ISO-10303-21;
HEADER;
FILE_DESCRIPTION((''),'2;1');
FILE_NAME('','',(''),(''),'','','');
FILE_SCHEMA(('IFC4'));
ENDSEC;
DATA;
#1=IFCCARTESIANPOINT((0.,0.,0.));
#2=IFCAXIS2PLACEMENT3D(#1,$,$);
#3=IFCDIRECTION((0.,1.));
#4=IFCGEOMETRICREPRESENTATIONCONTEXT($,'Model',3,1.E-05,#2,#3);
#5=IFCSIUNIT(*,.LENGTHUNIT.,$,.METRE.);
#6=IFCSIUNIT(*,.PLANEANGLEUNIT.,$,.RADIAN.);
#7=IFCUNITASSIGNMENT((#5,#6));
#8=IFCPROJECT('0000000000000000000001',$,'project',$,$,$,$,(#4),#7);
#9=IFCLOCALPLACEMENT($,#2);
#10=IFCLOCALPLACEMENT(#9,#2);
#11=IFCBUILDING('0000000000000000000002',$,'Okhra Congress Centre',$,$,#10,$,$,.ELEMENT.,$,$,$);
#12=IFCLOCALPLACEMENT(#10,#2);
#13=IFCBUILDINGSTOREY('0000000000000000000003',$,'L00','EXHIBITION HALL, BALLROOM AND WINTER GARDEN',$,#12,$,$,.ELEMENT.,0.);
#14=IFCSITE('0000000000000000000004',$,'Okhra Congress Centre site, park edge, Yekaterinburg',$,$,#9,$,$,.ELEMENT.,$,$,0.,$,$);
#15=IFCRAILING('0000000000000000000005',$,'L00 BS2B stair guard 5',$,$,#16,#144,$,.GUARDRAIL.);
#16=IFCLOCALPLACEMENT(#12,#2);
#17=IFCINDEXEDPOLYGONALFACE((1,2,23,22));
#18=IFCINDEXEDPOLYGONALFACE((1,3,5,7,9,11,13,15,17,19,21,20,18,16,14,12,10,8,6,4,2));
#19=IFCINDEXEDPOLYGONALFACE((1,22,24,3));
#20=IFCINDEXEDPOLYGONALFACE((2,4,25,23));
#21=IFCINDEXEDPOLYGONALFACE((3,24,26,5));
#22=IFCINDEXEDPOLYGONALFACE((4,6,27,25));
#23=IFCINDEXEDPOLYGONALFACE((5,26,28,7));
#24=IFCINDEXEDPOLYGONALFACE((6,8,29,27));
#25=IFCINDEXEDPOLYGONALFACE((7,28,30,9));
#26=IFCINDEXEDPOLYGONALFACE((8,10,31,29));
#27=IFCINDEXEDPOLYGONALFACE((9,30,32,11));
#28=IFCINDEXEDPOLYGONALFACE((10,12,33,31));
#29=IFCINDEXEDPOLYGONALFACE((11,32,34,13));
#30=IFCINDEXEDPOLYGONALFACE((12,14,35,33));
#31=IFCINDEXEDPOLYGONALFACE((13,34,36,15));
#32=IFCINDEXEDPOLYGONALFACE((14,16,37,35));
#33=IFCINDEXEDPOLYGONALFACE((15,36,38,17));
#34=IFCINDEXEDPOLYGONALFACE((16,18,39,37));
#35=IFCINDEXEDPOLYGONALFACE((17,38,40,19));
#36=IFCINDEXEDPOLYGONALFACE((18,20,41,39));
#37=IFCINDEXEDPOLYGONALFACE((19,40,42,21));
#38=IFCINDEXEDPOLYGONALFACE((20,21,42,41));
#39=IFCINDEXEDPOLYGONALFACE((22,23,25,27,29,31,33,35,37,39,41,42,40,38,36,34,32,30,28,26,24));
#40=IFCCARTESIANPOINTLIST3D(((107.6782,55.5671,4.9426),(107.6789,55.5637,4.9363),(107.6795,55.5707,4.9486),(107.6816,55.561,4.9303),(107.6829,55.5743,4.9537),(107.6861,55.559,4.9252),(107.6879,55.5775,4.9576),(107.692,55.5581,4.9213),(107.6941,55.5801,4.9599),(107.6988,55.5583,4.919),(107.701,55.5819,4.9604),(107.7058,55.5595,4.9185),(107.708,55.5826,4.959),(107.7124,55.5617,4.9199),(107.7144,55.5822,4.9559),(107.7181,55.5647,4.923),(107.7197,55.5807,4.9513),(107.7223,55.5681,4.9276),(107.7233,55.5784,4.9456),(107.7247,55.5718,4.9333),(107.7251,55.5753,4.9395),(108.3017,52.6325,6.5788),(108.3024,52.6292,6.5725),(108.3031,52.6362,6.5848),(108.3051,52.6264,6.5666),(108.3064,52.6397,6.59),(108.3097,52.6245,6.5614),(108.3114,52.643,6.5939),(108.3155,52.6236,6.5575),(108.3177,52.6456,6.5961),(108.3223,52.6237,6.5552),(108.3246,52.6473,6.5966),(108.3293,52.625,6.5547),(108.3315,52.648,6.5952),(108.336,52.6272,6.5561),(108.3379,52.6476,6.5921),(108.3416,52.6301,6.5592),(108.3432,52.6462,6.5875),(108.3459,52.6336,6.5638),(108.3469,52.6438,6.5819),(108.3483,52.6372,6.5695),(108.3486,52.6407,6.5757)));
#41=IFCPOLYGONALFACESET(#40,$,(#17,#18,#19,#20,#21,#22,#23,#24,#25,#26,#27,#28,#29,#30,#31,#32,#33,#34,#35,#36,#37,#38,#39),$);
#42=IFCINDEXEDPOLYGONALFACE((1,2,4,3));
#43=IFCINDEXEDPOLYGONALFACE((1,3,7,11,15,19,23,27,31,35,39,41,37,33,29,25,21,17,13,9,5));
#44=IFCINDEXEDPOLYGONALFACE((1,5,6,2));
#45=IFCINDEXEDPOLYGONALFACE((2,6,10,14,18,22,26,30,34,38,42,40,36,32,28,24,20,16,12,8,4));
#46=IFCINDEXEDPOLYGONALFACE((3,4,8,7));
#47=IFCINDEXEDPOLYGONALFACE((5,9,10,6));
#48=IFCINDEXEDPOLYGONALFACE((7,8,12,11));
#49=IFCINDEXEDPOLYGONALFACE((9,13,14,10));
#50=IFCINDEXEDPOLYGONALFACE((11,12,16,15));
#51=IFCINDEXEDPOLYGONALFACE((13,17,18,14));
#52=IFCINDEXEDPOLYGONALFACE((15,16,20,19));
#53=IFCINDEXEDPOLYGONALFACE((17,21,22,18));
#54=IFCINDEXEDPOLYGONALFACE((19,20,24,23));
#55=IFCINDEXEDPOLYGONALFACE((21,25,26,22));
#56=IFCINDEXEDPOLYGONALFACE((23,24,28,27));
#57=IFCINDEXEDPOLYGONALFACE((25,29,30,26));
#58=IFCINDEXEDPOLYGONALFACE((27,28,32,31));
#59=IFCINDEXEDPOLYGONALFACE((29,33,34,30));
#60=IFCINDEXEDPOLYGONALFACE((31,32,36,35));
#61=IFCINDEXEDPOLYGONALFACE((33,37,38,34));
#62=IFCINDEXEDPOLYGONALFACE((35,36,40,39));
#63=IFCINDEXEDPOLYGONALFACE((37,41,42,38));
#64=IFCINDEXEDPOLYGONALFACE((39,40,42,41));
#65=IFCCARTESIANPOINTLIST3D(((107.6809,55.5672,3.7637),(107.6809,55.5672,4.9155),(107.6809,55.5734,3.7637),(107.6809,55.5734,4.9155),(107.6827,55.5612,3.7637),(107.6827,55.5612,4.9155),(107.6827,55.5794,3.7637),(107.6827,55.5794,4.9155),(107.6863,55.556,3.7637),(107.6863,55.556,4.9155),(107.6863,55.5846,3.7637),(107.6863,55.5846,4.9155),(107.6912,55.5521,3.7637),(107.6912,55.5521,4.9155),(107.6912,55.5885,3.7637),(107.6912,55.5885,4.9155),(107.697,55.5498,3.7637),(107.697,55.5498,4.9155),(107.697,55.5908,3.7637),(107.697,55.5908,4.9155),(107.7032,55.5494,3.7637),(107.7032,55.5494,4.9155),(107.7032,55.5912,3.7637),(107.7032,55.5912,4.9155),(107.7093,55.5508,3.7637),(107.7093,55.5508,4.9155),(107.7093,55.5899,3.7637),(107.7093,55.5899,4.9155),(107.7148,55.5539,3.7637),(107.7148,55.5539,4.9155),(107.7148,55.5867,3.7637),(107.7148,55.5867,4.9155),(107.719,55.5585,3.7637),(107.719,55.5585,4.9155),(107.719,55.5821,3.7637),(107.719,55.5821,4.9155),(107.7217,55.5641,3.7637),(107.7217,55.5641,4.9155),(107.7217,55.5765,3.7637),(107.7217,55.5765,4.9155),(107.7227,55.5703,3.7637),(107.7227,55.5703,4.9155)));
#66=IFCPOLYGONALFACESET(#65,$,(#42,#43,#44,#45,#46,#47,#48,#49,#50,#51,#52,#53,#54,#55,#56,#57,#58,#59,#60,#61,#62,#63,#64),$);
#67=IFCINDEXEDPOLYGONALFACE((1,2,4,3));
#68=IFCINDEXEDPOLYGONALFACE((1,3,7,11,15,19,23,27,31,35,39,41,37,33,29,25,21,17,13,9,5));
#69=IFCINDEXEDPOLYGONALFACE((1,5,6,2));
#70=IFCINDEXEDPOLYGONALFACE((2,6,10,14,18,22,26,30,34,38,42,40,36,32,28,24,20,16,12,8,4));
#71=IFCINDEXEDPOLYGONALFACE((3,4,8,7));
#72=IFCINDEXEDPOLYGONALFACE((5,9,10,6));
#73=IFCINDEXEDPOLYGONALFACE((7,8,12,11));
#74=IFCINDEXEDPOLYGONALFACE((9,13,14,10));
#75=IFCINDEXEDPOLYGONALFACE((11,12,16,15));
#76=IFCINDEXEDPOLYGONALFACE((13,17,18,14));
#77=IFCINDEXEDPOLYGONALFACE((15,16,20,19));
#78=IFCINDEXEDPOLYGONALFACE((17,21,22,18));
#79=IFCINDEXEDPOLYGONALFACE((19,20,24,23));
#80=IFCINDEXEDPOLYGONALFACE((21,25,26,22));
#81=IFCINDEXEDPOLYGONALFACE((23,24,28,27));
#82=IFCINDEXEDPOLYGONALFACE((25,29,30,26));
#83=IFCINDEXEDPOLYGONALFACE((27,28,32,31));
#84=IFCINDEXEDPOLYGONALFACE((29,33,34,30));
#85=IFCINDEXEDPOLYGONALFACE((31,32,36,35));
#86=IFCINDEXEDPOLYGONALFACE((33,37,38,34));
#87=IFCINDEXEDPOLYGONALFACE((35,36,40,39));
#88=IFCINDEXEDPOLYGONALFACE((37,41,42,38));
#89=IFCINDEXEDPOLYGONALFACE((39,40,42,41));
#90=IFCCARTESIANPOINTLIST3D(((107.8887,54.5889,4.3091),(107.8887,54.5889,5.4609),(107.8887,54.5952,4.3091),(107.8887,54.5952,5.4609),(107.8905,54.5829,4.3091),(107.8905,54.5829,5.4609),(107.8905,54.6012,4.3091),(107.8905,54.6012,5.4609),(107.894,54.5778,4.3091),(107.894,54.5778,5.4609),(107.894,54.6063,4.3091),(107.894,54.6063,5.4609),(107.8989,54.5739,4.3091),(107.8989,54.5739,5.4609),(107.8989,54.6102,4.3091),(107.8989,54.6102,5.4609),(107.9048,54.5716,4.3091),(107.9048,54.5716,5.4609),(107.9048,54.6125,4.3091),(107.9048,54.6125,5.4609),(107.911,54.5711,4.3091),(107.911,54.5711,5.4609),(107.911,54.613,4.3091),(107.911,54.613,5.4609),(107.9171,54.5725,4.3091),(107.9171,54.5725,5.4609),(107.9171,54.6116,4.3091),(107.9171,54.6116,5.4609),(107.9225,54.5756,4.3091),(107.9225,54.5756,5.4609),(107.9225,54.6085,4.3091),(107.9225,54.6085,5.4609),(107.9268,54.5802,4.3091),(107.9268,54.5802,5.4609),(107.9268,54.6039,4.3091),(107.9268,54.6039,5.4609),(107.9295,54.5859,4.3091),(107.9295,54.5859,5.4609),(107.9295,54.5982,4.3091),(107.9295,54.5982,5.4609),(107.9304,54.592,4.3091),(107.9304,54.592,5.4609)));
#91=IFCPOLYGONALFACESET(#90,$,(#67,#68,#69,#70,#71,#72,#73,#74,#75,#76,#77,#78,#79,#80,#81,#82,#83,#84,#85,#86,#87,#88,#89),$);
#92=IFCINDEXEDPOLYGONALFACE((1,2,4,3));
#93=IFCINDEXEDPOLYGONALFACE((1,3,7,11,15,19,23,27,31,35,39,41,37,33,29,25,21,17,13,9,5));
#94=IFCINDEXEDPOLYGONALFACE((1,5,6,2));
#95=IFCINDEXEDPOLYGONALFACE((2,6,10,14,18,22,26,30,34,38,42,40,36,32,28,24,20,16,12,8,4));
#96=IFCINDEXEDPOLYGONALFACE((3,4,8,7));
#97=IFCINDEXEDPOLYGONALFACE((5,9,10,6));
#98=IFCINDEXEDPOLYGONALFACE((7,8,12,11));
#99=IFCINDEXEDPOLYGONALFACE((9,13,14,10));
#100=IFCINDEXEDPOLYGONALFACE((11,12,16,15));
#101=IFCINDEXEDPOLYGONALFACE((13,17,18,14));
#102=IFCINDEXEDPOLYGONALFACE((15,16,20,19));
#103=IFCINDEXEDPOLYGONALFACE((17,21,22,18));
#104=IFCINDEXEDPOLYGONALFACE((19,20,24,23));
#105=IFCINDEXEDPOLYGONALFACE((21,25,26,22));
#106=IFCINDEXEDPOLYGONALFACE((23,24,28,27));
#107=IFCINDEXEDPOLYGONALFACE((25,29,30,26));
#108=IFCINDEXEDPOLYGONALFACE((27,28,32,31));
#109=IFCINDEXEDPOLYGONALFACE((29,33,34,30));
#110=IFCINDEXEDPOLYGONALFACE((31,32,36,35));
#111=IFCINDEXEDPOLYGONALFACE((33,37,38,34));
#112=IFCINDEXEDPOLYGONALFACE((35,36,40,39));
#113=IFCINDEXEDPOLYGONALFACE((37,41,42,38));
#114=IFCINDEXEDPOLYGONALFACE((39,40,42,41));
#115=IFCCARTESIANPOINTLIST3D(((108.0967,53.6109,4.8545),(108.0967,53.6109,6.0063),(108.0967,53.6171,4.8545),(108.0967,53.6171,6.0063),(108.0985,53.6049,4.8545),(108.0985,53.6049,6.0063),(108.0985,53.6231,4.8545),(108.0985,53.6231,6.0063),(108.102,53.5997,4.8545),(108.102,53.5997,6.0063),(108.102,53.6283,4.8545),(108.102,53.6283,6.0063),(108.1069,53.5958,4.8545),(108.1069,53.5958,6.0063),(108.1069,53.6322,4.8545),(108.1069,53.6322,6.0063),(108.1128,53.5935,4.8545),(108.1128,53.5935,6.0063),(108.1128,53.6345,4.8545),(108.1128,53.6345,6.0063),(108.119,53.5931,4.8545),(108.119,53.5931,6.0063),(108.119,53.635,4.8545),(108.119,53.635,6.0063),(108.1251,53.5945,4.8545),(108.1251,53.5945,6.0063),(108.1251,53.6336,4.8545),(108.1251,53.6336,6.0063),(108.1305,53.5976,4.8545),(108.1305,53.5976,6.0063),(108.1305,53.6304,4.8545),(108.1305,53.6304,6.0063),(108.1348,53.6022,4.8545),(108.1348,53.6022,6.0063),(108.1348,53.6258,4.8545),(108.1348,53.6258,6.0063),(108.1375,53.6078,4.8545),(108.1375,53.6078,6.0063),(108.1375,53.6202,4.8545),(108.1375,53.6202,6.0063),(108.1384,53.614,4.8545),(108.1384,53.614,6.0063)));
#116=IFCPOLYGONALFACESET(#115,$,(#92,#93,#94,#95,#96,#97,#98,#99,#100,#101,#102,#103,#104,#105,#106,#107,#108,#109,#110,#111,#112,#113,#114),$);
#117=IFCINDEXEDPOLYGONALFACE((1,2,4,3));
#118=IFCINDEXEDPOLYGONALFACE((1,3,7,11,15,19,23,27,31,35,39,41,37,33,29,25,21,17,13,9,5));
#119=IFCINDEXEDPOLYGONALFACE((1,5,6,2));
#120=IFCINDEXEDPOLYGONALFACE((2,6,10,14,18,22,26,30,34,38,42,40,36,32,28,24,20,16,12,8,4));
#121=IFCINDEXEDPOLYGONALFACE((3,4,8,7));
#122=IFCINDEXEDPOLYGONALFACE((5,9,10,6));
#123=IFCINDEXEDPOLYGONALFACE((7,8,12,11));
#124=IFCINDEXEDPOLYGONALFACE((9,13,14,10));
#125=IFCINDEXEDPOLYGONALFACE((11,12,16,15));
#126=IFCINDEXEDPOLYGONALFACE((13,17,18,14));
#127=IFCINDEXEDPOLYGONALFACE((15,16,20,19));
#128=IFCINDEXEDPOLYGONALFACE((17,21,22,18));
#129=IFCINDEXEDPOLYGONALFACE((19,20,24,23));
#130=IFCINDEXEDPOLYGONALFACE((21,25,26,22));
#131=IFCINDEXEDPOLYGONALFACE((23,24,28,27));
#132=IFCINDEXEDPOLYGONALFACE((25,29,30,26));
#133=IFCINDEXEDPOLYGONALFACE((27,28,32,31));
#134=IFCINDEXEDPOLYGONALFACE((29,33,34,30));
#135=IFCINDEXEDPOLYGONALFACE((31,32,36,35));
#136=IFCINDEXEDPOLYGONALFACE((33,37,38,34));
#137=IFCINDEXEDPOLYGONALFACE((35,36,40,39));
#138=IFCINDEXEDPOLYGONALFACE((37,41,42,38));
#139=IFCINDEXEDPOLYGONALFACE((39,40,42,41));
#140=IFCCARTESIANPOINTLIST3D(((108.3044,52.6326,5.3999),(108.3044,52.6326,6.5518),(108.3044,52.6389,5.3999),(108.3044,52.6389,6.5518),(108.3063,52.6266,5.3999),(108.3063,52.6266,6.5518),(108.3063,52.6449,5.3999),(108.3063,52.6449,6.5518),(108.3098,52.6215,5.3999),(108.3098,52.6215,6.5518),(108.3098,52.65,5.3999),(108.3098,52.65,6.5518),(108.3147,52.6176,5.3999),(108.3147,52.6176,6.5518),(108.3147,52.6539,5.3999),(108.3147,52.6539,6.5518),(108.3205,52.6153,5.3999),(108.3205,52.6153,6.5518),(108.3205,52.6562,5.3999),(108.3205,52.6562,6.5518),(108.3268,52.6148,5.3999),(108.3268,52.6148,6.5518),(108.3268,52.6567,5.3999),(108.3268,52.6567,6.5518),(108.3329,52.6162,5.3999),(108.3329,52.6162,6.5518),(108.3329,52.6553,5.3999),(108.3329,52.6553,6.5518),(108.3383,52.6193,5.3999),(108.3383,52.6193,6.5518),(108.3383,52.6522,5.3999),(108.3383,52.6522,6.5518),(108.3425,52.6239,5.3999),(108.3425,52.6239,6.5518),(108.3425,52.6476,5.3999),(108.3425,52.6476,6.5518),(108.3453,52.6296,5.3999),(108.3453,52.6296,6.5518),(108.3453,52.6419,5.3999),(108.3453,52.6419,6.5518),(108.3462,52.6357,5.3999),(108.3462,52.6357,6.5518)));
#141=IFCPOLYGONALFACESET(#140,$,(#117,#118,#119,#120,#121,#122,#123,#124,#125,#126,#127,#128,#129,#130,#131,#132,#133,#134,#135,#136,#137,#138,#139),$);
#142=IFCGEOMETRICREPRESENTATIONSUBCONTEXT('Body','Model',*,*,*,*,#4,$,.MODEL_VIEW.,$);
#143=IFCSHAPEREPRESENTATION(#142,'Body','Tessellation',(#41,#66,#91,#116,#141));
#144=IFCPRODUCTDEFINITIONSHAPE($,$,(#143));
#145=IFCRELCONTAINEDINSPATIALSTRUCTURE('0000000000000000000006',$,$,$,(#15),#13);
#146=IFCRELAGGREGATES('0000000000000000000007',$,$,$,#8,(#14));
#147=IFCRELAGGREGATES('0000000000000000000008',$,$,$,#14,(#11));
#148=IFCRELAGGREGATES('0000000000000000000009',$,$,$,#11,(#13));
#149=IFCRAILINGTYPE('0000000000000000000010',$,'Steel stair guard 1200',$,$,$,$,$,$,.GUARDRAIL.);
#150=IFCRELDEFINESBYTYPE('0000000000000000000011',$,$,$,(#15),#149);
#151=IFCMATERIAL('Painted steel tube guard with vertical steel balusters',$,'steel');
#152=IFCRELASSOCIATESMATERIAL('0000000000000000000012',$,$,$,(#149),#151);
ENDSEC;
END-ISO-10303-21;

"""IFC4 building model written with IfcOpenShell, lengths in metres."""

from ifc_helpers import new_model, si_unit, direction, frame, origin, origin_2d, place, context, subcontext, project, spatial, circle, extrude, material, type_object, element, save


model = new_model("IFC4")

# Units and contexts
model_context = context("Model", 3, precision=1e-05, world=origin(), true_north=direction((0.0, 1.0)))
body_context = subcontext(model_context, "Body", "Model", "MODEL_VIEW")
ifc_project = project(units=[si_unit("LENGTHUNIT", "METRE"), si_unit("PLANEANGLEUNIT", "RADIAN")], contexts=[model_context])

# Site, building, storey
site_placement = place(None, origin())
site = spatial("IfcSite", under=ifc_project, at=site_placement, Name="Okhra Congress Centre site, park edge, Yekaterinburg", CompositionType="ELEMENT", RefElevation=0.0)
building_placement = place(site_placement, origin())
building = spatial("IfcBuilding", under=site, at=building_placement, Name="Okhra Congress Centre", CompositionType="ELEMENT")
storey_placement = place(building_placement, origin())
storey = spatial("IfcBuildingStorey", under=building, at=storey_placement, Name="L00", Description="EXHIBITION HALL, BALLROOM AND WINTER GARDEN", CompositionType="ELEMENT", Elevation=0.0)

# Railing
ifc_material_1 = material(Name="Painted steel tube guard with vertical steel balusters", Category="steel")
railing_type_1 = type_object("IfcRailingType", Name="Steel stair guard 1200", PredefinedType="GUARDRAIL", material=ifc_material_1)
railing_1_placement = place(storey_placement, frame((107.7017, 55.5703, 3.7637)))
element("IfcRailing", 1, at=railing_1_placement, inside=storey, type_object=railing_type_1, Name="L00 BS2B stair guard 5", PredefinedType="GUARDRAIL", context=body_context, shape_type="SweptSolid", body=[
    extrude(circle(Radius=0.0239, at=origin_2d()), frame((0.0, 0.0, 1.1758), z_axis=(0.182466, -0.858746, 0.478812), x_axis=(0.978163, 0.207839, 0.0)), (0.0, 0.0, 1.0), 3.4172),
    extrude(circle(Radius=0.021, at=origin_2d()), origin(), (0.0, 0.0, 1.0), 1.1519),
    extrude(circle(Radius=0.021, at=origin_2d()), frame((0.2078, -0.9783, 0.5454)), (0.0, 0.0, 1.0), 1.1519),
    extrude(circle(Radius=0.021, at=origin_2d()), frame((0.4158, -1.9563, 1.0908)), (0.0, 0.0, 1.0), 1.1519),
    extrude(circle(Radius=0.021, at=origin_2d()), frame((0.6235, -2.9346, 1.6362)), (0.0, 0.0, 1.0), 1.1519),
])

save(model, "model.ifc")
